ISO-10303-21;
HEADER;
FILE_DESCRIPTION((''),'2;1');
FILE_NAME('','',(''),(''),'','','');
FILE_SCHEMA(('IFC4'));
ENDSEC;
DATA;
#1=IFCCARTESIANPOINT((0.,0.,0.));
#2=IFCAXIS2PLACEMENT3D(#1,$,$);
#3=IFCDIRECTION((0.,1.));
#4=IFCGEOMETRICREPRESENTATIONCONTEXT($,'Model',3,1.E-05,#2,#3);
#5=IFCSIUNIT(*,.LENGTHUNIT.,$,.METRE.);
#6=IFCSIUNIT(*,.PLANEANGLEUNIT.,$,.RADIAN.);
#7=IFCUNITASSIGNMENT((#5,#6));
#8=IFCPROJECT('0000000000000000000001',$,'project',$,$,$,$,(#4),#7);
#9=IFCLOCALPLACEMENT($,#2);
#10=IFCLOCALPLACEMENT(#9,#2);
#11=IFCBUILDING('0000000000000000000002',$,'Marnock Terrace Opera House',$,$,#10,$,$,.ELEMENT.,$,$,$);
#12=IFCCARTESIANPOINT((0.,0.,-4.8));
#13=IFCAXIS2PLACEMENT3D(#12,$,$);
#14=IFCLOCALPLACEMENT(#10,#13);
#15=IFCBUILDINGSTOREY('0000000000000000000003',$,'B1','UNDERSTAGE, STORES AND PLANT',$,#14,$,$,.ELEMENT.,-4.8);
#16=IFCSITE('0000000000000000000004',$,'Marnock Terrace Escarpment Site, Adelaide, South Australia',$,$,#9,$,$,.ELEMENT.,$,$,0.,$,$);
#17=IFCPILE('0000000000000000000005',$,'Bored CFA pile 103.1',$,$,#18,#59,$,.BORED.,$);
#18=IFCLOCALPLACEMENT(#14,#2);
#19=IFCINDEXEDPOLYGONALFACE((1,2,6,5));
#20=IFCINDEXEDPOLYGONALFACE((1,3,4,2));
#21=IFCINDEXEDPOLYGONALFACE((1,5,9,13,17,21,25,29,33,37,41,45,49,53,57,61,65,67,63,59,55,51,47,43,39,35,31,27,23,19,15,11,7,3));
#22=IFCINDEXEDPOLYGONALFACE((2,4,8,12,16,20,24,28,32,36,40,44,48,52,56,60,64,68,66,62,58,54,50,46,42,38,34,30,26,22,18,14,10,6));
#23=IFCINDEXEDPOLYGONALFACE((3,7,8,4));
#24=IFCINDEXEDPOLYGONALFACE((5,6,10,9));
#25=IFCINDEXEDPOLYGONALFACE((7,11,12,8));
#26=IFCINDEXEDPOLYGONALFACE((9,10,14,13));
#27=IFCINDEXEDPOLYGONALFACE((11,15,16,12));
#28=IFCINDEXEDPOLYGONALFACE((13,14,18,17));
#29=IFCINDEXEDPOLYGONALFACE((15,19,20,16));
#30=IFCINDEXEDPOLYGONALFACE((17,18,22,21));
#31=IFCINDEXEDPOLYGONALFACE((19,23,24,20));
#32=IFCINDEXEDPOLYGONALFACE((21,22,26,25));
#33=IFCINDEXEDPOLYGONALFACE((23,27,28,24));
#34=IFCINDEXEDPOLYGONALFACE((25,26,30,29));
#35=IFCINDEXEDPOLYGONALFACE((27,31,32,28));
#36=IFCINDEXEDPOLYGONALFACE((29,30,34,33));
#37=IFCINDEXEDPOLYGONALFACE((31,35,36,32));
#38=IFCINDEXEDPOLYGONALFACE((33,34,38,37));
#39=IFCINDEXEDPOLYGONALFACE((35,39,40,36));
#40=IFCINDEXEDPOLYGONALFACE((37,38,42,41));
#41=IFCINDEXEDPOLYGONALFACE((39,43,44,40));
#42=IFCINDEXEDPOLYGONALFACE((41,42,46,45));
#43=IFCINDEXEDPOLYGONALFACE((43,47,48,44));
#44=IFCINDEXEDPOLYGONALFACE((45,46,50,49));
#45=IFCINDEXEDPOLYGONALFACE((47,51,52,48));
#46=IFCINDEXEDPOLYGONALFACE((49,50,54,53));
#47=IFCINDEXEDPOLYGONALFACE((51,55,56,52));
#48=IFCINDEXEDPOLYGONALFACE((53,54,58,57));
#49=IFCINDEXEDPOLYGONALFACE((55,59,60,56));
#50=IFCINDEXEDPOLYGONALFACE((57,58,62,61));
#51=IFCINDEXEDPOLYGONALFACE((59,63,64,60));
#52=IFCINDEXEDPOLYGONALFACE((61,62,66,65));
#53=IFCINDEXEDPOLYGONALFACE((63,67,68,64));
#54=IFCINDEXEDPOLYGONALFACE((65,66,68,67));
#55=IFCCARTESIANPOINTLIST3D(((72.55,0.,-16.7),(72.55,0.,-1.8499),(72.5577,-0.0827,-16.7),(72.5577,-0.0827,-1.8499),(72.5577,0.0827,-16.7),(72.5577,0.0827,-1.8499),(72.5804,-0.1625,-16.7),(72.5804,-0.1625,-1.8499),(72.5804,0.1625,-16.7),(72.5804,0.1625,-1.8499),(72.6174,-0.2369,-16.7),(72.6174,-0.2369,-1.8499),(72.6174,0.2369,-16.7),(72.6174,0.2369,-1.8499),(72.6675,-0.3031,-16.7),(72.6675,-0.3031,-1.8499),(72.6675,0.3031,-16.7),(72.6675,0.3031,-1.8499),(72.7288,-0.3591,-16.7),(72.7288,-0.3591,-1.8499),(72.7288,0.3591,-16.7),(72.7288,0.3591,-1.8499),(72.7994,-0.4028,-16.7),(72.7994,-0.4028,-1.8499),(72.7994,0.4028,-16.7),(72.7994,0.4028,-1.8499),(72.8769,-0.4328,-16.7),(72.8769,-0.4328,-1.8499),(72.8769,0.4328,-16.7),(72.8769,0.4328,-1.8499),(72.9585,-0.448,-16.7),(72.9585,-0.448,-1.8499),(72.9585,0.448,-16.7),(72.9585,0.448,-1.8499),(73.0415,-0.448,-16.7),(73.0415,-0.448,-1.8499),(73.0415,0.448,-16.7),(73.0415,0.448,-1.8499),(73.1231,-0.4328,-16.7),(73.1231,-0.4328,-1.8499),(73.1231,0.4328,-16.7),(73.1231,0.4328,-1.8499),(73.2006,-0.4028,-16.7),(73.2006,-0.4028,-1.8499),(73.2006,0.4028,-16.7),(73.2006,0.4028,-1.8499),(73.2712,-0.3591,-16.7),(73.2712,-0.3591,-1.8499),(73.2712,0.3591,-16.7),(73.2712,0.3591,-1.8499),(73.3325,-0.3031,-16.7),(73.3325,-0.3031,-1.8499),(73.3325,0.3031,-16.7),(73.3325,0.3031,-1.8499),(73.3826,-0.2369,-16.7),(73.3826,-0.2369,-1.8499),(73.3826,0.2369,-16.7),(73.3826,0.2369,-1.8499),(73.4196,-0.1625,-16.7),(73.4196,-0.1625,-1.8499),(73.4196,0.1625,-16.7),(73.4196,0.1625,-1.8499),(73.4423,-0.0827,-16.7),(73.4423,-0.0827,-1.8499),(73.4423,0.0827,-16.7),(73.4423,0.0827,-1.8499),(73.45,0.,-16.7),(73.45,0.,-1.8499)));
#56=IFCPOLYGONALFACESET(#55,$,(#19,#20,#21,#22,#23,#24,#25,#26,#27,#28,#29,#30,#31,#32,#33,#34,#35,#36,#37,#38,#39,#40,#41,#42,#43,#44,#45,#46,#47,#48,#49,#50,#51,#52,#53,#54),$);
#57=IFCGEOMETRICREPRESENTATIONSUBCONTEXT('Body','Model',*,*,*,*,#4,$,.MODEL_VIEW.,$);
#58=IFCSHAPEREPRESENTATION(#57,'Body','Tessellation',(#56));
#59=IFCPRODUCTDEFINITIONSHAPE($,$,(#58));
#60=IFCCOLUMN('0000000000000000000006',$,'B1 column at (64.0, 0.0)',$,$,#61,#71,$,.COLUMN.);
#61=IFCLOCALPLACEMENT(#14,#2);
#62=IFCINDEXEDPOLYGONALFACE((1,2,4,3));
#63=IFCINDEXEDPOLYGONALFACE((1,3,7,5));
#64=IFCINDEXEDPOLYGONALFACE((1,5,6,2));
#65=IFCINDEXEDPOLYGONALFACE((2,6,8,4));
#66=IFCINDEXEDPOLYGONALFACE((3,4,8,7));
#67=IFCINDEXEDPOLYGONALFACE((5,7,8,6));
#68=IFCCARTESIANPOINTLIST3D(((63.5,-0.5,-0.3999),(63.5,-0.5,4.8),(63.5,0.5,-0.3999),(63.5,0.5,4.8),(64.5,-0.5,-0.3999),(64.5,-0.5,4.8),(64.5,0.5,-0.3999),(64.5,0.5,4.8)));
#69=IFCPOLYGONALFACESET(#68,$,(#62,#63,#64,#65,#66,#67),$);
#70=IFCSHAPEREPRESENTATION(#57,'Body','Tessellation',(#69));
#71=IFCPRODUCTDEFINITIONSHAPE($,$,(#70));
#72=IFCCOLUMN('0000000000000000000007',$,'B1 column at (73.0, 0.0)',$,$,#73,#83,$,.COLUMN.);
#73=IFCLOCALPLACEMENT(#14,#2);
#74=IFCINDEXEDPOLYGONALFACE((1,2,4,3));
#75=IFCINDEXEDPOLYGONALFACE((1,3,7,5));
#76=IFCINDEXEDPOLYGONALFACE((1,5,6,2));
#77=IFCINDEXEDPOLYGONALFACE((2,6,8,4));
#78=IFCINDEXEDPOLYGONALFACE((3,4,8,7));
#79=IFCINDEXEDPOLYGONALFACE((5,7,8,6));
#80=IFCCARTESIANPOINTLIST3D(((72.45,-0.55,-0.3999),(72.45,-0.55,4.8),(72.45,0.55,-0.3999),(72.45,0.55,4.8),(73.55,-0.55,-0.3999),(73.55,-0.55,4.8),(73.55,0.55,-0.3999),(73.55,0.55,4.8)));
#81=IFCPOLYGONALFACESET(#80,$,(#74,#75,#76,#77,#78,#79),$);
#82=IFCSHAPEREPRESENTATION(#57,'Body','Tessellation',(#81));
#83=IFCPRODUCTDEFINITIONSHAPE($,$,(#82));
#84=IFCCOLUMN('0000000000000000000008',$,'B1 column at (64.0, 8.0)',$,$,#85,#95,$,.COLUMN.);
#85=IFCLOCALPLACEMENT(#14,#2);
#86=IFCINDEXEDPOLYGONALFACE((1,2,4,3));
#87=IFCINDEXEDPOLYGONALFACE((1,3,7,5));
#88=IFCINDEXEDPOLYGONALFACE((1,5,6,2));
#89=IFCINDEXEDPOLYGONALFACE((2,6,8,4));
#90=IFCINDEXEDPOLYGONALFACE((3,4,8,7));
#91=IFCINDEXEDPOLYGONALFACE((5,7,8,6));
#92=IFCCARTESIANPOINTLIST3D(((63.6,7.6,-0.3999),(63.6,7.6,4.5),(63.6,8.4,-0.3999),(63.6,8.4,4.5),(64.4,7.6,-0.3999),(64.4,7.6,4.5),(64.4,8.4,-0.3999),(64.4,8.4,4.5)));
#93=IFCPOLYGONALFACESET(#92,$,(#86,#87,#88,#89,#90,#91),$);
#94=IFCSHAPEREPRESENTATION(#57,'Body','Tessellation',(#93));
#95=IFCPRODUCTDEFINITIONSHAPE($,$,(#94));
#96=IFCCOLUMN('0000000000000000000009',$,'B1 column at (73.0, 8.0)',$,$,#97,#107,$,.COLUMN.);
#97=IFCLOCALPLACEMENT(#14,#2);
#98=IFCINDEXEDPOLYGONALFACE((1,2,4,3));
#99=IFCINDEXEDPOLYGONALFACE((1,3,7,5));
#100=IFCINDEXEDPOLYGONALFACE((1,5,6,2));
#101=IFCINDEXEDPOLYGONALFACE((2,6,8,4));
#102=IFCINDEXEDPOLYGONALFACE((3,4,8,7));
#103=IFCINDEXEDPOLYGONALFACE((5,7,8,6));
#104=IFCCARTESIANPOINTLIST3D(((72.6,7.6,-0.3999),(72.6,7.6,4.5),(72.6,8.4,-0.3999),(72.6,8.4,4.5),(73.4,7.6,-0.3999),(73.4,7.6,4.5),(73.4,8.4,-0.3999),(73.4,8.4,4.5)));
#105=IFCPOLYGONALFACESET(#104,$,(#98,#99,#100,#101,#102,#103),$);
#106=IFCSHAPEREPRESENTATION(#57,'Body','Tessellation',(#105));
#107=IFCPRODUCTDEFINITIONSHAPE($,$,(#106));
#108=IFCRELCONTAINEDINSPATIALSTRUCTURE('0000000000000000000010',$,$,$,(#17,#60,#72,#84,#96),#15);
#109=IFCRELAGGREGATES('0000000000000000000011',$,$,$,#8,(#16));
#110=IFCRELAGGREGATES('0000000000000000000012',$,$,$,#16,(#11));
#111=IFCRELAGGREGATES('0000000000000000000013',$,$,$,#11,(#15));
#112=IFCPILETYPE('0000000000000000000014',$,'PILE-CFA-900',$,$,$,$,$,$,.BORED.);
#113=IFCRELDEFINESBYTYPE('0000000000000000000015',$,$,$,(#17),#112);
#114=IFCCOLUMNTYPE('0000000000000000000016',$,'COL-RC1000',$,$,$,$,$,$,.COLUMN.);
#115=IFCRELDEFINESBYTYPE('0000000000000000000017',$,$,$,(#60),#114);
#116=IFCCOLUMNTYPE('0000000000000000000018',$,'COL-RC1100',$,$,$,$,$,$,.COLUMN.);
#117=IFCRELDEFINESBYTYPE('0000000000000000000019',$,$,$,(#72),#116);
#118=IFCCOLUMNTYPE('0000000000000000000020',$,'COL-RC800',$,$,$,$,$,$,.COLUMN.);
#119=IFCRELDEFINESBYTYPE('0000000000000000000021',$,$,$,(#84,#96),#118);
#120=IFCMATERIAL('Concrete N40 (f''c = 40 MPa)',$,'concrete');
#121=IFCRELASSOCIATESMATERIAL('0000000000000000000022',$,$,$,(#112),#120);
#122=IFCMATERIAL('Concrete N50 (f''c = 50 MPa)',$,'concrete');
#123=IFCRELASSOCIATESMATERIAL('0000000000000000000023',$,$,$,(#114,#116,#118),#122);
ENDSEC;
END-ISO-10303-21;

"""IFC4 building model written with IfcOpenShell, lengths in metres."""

from ifc_helpers import new_model, si_unit, direction, frame, origin, origin_2d, place, context, subcontext, project, spatial, rectangle, circle, extrude, material, material_profile, profile_set, type_object, element, save


model = new_model("IFC4")

# Units and contexts
model_context = context("Model", 3, precision=1e-05, world=origin(), true_north=direction((0.0, 1.0)))
body_context = subcontext(model_context, "Body", "Model", "MODEL_VIEW")
ifc_project = project(units=[si_unit("LENGTHUNIT", "METRE"), si_unit("PLANEANGLEUNIT", "RADIAN")], contexts=[model_context])

# Site, building, storey
site_placement = place(None, origin())
site = spatial("IfcSite", under=ifc_project, at=site_placement, Name="Marnock Terrace Escarpment Site, Adelaide, South Australia", CompositionType="ELEMENT", RefElevation=0.0)
building_placement = place(site_placement, origin())
building = spatial("IfcBuilding", under=site, at=building_placement, Name="Marnock Terrace Opera House", CompositionType="ELEMENT")
storey_placement = place(building_placement, frame((0.0, 0.0, -4.8)))
storey = spatial("IfcBuildingStorey", under=building, at=storey_placement, Name="B1", Description="UNDERSTAGE, STORES AND PLANT", CompositionType="ELEMENT", Elevation=-4.8)

# Shared definitions
ifc_material_1 = material(Name="Concrete N40 (f'c = 40 MPa)", Category="concrete")

# Pile
ifc_material_profile_1 = material_profile(ifc_material_1, circle(Radius=0.45, at=origin_2d()))
ifc_profile_set_1 = profile_set([ifc_material_profile_1], Name="Concrete N40 (f'c = 40 MPa)")
pile_type_1 = type_object("IfcPileType", Name="PILE-CFA-900", PredefinedType="BORED", material=ifc_profile_set_1)
pile_1_placement = place(storey_placement, frame((73.0, 0.0, -1.8499), z_axis=(0.0, 0.0, -1.0), x_axis=(1.0, 0.0, 0.0)))
element("IfcPile", 1, at=pile_1_placement, inside=storey, type_object=pile_type_1, Name="Bored CFA pile 103.1", PredefinedType="BORED", context=body_context, shape_type="SweptSolid", body=[
    extrude(circle(Radius=0.45, at=origin_2d()), origin(), (0.0, 0.0, 1.0), 14.8501),
])

# Columns
ifc_material_2 = material(Name="Concrete N50 (f'c = 50 MPa)", Category="concrete")
ifc_material_profile_2 = material_profile(ifc_material_2, rectangle(XDim=1.0, YDim=1.0, at=origin_2d()))
ifc_profile_set_2 = profile_set([ifc_material_profile_2], Name="Concrete N50 (f'c = 50 MPa)")
column_type_1 = type_object("IfcColumnType", Name="COL-RC1000", PredefinedType="COLUMN", material=ifc_profile_set_2)
column_1_placement = place(storey_placement, frame((64.0, 0.0, -0.3999), z_axis=(0.0, 0.0, 1.0), x_axis=(1.0, 0.0, 0.0)))
element("IfcColumn", 2, at=column_1_placement, inside=storey, type_object=column_type_1, Name="B1 column at (64.0, 0.0)", PredefinedType="COLUMN", context=body_context, shape_type="SweptSolid", body=[
    extrude(rectangle(XDim=1.0, YDim=1.0, at=origin_2d()), origin(), (0.0, 0.0, 1.0), 5.2),
])
ifc_material_profile_3 = material_profile(ifc_material_2, rectangle(XDim=1.1001, YDim=1.1001, at=origin_2d()))
ifc_profile_set_3 = profile_set([ifc_material_profile_3], Name="Concrete N50 (f'c = 50 MPa)")
column_type_2 = type_object("IfcColumnType", Name="COL-RC1100", PredefinedType="COLUMN", material=ifc_profile_set_3)
column_2_placement = place(storey_placement, frame((73.0, 0.0, -0.3999), z_axis=(0.0, 0.0, 1.0), x_axis=(1.0, 0.0, 0.0)))
element("IfcColumn", 3, at=column_2_placement, inside=storey, type_object=column_type_2, Name="B1 column at (73.0, 0.0)", PredefinedType="COLUMN", context=body_context, shape_type="SweptSolid", body=[
    extrude(rectangle(XDim=1.1001, YDim=1.1001, at=origin_2d()), origin(), (0.0, 0.0, 1.0), 5.2),
])
ifc_material_profile_4 = material_profile(ifc_material_2, rectangle(XDim=0.8, YDim=0.8, at=origin_2d()))
ifc_profile_set_4 = profile_set([ifc_material_profile_4], Name="Concrete N50 (f'c = 50 MPa)")
column_type_3 = type_object("IfcColumnType", Name="COL-RC800", PredefinedType="COLUMN", material=ifc_profile_set_4)
for number, where, z_axis, x_axis, name in (
    (4, (64.0, 8.0, -0.3999), (0.0, 0.0, 1.0), (1.0, 0.0, 0.0), "B1 column at (64.0, 8.0)"),
    (5, (73.0, 8.0, -0.3999), (0.0, 0.0, 1.0), (1.0, 0.0, 0.0), "B1 column at (73.0, 8.0)"),
):
    element("IfcColumn", number, at=place(storey_placement, frame(where, z_axis=z_axis, x_axis=x_axis)), inside=storey, type_object=column_type_3, Name=name, PredefinedType="COLUMN", context=body_context, shape_type="SweptSolid", body=[
        extrude(rectangle(XDim=0.8, YDim=0.8, at=origin_2d()), origin(), (0.0, 0.0, 1.0), 4.8999),
    ])

save(model, "model.ifc")
